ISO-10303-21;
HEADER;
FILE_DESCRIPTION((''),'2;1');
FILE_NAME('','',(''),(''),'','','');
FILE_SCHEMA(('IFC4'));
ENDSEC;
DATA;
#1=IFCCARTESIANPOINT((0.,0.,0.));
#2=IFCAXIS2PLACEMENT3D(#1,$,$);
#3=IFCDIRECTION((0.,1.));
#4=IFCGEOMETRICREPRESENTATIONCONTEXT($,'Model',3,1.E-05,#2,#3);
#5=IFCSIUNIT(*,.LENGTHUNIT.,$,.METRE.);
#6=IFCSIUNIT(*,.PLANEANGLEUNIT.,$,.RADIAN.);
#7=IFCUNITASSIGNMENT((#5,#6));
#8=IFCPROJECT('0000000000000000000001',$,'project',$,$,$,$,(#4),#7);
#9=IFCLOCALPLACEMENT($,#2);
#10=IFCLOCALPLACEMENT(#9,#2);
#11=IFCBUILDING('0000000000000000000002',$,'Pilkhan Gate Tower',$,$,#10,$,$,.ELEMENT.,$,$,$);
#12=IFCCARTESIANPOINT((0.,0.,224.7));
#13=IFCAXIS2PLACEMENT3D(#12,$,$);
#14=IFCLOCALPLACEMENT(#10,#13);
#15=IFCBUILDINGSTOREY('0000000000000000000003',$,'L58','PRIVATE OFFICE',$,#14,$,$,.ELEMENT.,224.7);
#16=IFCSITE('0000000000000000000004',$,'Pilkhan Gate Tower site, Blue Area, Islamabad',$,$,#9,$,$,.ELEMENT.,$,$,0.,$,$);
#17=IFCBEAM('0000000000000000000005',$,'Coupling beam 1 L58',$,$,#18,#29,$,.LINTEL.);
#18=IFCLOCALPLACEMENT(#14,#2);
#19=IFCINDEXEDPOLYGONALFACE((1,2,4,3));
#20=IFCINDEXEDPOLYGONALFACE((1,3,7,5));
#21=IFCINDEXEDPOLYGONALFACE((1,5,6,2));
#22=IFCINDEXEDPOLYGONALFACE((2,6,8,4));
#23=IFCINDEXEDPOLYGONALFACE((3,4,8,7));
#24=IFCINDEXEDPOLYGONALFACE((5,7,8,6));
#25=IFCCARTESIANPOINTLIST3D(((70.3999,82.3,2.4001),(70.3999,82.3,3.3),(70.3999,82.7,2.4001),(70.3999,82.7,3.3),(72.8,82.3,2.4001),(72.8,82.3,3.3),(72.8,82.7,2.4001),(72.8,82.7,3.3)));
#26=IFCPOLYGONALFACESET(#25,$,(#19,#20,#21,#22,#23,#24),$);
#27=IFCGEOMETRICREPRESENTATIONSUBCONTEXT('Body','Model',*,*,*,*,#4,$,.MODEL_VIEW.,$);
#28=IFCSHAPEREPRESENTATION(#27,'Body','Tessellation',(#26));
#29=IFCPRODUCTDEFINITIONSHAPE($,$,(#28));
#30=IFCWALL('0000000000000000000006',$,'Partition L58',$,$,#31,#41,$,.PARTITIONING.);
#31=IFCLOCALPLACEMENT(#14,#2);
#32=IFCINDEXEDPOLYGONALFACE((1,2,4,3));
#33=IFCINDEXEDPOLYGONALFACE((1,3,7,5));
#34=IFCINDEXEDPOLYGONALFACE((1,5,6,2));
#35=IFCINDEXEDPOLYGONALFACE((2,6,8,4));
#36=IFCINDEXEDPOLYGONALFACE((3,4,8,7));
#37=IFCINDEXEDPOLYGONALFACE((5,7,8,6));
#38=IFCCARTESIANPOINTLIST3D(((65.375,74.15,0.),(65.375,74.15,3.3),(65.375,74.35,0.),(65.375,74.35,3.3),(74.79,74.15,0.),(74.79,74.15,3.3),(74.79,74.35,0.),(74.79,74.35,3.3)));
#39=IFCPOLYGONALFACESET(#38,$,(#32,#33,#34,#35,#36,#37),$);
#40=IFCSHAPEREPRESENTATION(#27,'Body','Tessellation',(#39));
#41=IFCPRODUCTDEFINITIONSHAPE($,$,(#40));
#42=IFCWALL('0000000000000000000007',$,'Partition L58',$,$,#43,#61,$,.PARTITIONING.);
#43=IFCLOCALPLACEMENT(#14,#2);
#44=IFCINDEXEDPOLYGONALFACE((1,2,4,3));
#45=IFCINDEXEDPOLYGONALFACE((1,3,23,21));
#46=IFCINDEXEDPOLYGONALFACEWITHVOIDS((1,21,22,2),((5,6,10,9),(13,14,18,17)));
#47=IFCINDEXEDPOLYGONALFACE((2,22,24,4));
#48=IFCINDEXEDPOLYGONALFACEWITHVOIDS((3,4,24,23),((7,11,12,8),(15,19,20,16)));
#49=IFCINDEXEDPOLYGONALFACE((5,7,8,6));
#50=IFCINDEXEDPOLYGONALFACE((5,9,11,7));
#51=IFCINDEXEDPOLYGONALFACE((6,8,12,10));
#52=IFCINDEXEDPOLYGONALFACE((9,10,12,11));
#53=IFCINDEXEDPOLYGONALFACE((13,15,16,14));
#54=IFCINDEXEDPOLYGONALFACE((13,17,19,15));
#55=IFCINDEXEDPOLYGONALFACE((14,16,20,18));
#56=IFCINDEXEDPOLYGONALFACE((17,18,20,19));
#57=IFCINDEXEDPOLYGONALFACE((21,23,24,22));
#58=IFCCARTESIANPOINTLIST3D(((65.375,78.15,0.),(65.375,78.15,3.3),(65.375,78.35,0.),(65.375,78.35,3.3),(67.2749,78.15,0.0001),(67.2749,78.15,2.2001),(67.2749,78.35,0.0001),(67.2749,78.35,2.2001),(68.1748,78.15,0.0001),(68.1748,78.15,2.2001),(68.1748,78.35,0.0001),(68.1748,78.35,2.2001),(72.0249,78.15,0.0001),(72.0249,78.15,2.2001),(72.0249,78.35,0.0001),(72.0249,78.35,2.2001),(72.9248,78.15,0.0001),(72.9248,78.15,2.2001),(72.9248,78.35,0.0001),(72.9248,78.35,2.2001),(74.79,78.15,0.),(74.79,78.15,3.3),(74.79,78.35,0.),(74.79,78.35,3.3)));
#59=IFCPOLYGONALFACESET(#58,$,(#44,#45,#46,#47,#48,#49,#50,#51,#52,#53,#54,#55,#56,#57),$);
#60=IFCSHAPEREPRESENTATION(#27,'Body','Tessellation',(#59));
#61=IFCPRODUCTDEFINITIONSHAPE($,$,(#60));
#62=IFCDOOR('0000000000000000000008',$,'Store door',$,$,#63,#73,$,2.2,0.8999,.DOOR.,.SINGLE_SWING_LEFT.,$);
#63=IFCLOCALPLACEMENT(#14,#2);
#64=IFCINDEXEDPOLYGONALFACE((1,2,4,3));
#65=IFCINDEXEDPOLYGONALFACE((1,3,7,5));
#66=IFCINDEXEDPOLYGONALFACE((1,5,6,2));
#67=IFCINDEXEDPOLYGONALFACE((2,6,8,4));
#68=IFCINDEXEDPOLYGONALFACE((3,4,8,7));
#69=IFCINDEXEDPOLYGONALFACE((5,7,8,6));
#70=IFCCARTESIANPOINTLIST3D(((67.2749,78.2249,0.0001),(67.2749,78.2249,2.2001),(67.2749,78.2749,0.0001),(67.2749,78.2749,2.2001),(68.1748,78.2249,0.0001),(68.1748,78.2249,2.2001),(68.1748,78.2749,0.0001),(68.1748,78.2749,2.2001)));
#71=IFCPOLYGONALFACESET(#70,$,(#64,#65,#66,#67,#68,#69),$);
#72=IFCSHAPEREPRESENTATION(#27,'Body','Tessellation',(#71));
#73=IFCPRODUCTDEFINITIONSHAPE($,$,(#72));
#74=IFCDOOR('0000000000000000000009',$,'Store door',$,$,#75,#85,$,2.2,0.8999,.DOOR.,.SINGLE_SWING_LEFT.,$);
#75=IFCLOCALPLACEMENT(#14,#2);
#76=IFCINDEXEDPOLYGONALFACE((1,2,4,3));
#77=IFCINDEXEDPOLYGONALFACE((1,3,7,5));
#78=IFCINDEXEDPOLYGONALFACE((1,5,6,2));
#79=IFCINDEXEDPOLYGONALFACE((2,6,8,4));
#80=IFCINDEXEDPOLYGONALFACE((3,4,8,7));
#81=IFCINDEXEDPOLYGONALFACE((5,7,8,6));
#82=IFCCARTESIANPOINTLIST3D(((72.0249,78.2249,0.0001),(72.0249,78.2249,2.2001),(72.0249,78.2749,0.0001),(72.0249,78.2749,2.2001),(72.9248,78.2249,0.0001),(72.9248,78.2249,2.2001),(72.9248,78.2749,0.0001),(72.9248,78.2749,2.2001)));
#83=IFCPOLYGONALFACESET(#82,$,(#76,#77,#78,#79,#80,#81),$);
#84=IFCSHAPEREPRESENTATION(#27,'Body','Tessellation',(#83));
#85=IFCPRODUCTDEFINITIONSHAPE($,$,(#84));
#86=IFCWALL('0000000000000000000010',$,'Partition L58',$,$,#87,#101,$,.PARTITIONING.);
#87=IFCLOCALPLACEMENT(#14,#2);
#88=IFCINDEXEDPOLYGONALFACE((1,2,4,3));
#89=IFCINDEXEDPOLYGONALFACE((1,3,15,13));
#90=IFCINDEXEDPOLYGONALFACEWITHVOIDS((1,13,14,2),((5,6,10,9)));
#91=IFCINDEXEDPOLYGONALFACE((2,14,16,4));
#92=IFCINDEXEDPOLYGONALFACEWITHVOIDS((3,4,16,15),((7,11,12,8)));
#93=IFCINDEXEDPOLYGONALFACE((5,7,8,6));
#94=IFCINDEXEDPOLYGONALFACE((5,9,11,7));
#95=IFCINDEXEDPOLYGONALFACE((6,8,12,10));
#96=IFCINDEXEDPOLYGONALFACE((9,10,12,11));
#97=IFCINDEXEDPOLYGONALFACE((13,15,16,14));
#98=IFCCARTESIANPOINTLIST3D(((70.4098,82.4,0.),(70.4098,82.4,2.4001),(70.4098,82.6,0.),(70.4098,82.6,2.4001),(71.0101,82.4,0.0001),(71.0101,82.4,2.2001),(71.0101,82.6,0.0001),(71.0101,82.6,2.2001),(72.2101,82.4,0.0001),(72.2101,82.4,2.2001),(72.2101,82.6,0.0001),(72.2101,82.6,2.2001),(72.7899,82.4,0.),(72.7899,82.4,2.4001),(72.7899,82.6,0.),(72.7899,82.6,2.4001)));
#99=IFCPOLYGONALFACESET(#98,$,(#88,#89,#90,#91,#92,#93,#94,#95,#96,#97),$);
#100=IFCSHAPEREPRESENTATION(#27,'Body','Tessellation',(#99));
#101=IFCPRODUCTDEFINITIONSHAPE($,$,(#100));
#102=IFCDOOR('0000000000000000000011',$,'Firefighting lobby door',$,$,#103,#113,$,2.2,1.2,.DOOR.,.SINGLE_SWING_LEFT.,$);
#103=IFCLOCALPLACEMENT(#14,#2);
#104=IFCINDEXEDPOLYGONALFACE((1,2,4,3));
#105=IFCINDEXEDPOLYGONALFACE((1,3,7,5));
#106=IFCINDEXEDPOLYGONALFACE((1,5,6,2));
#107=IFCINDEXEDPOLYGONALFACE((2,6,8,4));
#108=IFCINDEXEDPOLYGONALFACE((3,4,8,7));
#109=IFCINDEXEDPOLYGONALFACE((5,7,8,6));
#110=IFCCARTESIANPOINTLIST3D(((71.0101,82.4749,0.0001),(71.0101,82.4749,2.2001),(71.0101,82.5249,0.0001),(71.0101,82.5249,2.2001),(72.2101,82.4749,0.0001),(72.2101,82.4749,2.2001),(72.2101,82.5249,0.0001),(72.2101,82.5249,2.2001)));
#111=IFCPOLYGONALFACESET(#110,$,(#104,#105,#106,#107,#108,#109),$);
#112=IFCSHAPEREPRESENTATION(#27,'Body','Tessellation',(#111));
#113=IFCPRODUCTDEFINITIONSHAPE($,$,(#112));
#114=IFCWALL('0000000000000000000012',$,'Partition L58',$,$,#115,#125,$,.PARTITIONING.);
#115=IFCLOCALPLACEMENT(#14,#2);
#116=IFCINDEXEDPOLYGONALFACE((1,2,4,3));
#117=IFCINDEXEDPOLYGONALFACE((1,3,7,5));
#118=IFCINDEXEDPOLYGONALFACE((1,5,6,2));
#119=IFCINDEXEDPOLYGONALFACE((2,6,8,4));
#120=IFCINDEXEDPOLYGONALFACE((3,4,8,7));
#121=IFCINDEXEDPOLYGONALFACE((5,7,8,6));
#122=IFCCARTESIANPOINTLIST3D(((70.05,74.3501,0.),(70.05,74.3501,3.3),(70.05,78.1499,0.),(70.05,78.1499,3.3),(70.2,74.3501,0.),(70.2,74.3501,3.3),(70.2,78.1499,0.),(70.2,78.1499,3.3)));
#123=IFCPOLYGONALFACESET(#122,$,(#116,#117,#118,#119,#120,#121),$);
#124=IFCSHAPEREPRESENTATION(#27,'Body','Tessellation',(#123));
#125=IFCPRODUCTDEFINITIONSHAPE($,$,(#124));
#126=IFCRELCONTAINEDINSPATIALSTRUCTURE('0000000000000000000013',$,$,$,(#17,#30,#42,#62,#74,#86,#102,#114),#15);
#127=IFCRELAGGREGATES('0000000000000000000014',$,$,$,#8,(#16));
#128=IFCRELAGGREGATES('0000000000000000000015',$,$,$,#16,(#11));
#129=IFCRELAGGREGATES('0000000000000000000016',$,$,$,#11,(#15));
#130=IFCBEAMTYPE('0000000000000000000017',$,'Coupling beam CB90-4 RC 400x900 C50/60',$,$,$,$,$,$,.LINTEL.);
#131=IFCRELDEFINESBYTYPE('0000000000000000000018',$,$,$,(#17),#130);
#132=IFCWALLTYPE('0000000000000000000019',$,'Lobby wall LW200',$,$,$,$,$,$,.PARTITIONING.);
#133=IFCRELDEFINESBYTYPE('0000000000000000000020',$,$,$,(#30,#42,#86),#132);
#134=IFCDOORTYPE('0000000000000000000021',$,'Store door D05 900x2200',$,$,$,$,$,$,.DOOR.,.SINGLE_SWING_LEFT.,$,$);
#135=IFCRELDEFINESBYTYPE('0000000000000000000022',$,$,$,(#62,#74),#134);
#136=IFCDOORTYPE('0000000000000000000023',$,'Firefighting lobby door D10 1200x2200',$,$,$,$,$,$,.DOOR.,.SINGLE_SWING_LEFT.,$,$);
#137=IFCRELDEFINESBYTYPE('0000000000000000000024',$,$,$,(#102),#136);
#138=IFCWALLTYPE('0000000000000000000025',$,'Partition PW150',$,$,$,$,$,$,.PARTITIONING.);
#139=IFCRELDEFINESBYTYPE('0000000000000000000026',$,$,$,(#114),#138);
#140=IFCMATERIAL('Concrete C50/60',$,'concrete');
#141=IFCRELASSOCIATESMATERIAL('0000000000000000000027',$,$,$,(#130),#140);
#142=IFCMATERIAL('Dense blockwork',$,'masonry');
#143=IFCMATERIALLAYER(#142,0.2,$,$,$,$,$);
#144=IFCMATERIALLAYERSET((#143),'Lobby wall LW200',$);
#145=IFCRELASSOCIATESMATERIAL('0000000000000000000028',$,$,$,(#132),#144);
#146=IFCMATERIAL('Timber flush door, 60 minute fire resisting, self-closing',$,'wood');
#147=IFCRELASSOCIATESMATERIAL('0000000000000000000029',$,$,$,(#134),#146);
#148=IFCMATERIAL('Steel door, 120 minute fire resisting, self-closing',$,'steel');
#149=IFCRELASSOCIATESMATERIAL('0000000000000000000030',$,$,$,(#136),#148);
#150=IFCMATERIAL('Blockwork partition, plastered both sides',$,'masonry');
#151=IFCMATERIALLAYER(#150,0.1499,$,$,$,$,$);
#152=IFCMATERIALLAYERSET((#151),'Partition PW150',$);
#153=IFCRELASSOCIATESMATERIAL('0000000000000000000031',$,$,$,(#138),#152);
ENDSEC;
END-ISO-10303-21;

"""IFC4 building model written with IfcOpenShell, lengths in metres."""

from ifc_helpers import new_model, si_unit, direction, frame, frame_2d, origin, origin_2d, place, context, subcontext, project, spatial, rectangle, extrude, material, layer, layer_set, material_profile, profile_set, type_object, element, fill, save


model = new_model("IFC4")

# Units and contexts
model_context = context("Model", 3, precision=1e-05, world=origin(), true_north=direction((0.0, 1.0)))
body_context = subcontext(model_context, "Body", "Model", "MODEL_VIEW")
ifc_project = project(units=[si_unit("LENGTHUNIT", "METRE"), si_unit("PLANEANGLEUNIT", "RADIAN")], contexts=[model_context])

# Site, building, storey
site_placement = place(None, origin())
site = spatial("IfcSite", under=ifc_project, at=site_placement, Name="Pilkhan Gate Tower site, Blue Area, Islamabad", CompositionType="ELEMENT", RefElevation=0.0)
building_placement = place(site_placement, origin())
building = spatial("IfcBuilding", under=site, at=building_placement, Name="Pilkhan Gate Tower", CompositionType="ELEMENT")
storey_placement = place(building_placement, frame((0.0, 0.0, 224.7)))
storey = spatial("IfcBuildingStorey", under=building, at=storey_placement, Name="L58", Description="PRIVATE OFFICE", CompositionType="ELEMENT", Elevation=224.7)

# Beam
ifc_material_1 = material(Name="Concrete C50/60", Category="concrete")
ifc_material_profile = material_profile(ifc_material_1, rectangle(XDim=0.3999, YDim=0.8999, at=origin_2d()), Name="RC 400x900")
ifc_profile_set = profile_set([ifc_material_profile], Name="Concrete C50/60")
beam_type = type_object("IfcBeamType", Name="Coupling beam CB90-4 RC 400x900 C50/60", PredefinedType="LINTEL", material=ifc_profile_set)
beam_placement = place(storey_placement, frame((70.3999, 82.5, 2.8501), z_axis=(1.0, 0.0, 0.0), x_axis=(0.0, 1.0, 0.0)))
element("IfcBeam", 1, at=beam_placement, inside=storey, type_object=beam_type, Name="Coupling beam 1 L58", PredefinedType="LINTEL", context=body_context, shape_type="SweptSolid", body=[
    extrude(rectangle(XDim=0.3999, YDim=0.8999, at=origin_2d()), origin(), (0.0, 0.0, 1.0), 2.4001),
])

# Wall
ifc_material_2 = material(Name="Dense blockwork", Category="masonry")
ifc_layer_1 = layer(ifc_material_2, 0.2)
ifc_layer_set_1 = layer_set([ifc_layer_1], Name="Lobby wall LW200")
wall_type_1 = type_object("IfcWallType", Name="Lobby wall LW200", PredefinedType="PARTITIONING", material=ifc_layer_set_1)
wall_1_placement = place(storey_placement, frame((65.375, 74.25, 0.0), z_axis=(0.0, 0.0, 1.0), x_axis=(1.0, 0.0, 0.0)))
element("IfcWall", 2, at=wall_1_placement, inside=storey, type_object=wall_type_1, Name="Partition L58", PredefinedType="PARTITIONING", context=body_context, shape_type="SweptSolid", body=[
    extrude(rectangle(XDim=9.415, YDim=0.2, at=frame_2d((4.7075, 0.0))), origin(), (0.0, 0.0, 1.0), 3.3),
])

# Wall, openings, doors
wall_2_placement = place(storey_placement, frame((65.375, 78.25, 0.0), z_axis=(0.0, 0.0, 1.0), x_axis=(1.0, 0.0, 0.0)))
wall_2 = element("IfcWall", 3, at=wall_2_placement, inside=storey, type_object=wall_type_1, Name="Partition L58", PredefinedType="PARTITIONING", context=body_context, shape_type="SweptSolid", body=[
    extrude(rectangle(XDim=9.415, YDim=0.2, at=frame_2d((4.7075, 0.0))), origin(), (0.0, 0.0, 1.0), 3.3),
])
opening_1_placement = place(wall_2_placement, frame((1.8999, 0.0, 0.0)))
opening_1 = element("IfcOpeningElement", 4, at=opening_1_placement, cuts=wall_2, PredefinedType="OPENING", context=body_context, shape_type="SweptSolid", body=[
    extrude(rectangle(XDim=0.8999, YDim=2.2, at=frame_2d((0.45, 1.1001))), frame((0.0, 0.1099, 0.0), z_axis=(0.0, -1.0, 0.0), x_axis=(1.0, 0.0, 0.0)), (0.0, 0.0, 1.0), 0.22),
])
opening_2_placement = place(wall_2_placement, frame((6.6499, 0.0, 0.0)))
opening_2 = element("IfcOpeningElement", 5, at=opening_2_placement, cuts=wall_2, PredefinedType="OPENING", context=body_context, shape_type="SweptSolid", body=[
    extrude(rectangle(XDim=0.8999, YDim=2.2, at=frame_2d((0.45, 1.1001))), frame((0.0, 0.1099, 0.0), z_axis=(0.0, -1.0, 0.0), x_axis=(1.0, 0.0, 0.0)), (0.0, 0.0, 1.0), 0.22),
])
ifc_material_3 = material(Name="Timber flush door, 60 minute fire resisting, self-closing", Category="wood")
door_type_1 = type_object("IfcDoorType", Name="Store door D05 900x2200", OperationType="SINGLE_SWING_LEFT", PredefinedType="DOOR", material=ifc_material_3)
door_1_placement = place(opening_1_placement, origin())
door_1 = element("IfcDoor", 6, at=door_1_placement, inside=storey, type_object=door_type_1, Name="Store door", OperationType="SINGLE_SWING_LEFT", OverallHeight=2.2, OverallWidth=0.8999, PredefinedType="DOOR", context=body_context, shape_type="SweptSolid", body=[
    extrude(rectangle(XDim=0.8999, YDim=2.2, at=frame_2d((0.45, 1.1001))), frame((0.0, 0.0249, 0.0), z_axis=(0.0, -1.0, 0.0), x_axis=(1.0, 0.0, 0.0)), (0.0, 0.0, 1.0), 0.05),
])
fill(opening_1, door_1)
door_2_placement = place(opening_2_placement, origin())
door_2 = element("IfcDoor", 7, at=door_2_placement, inside=storey, type_object=door_type_1, Name="Store door", OperationType="SINGLE_SWING_LEFT", OverallHeight=2.2, OverallWidth=0.8999, PredefinedType="DOOR", context=body_context, shape_type="SweptSolid", body=[
    extrude(rectangle(XDim=0.8999, YDim=2.2, at=frame_2d((0.45, 1.1001))), frame((0.0, 0.0249, 0.0), z_axis=(0.0, -1.0, 0.0), x_axis=(1.0, 0.0, 0.0)), (0.0, 0.0, 1.0), 0.05),
])
fill(opening_2, door_2)

# Wall, opening, door
wall_3_placement = place(storey_placement, frame((70.4099, 82.5, 0.0), z_axis=(0.0, 0.0, 1.0), x_axis=(1.0, 0.0, 0.0)))
wall_3 = element("IfcWall", 8, at=wall_3_placement, inside=storey, type_object=wall_type_1, Name="Partition L58", PredefinedType="PARTITIONING", context=body_context, shape_type="SweptSolid", body=[
    extrude(rectangle(XDim=2.3801, YDim=0.2, at=frame_2d((1.1899, 0.0))), origin(), (0.0, 0.0, 1.0), 2.4001),
])
opening_3_placement = place(wall_3_placement, frame((0.6001, 0.0, 0.0)))
opening_3 = element("IfcOpeningElement", 9, at=opening_3_placement, cuts=wall_3, PredefinedType="OPENING", context=body_context, shape_type="SweptSolid", body=[
    extrude(rectangle(XDim=1.2, YDim=2.2, at=frame_2d((0.6001, 1.1001))), frame((0.0, 0.1099, 0.0), z_axis=(0.0, -1.0, 0.0), x_axis=(1.0, 0.0, 0.0)), (0.0, 0.0, 1.0), 0.22),
])
ifc_material_4 = material(Name="Steel door, 120 minute fire resisting, self-closing", Category="steel")
door_type_2 = type_object("IfcDoorType", Name="Firefighting lobby door D10 1200x2200", OperationType="SINGLE_SWING_LEFT", PredefinedType="DOOR", material=ifc_material_4)
door_3_placement = place(opening_3_placement, origin())
door_3 = element("IfcDoor", 10, at=door_3_placement, inside=storey, type_object=door_type_2, Name="Firefighting lobby door", OperationType="SINGLE_SWING_LEFT", OverallHeight=2.2, OverallWidth=1.2, PredefinedType="DOOR", context=body_context, shape_type="SweptSolid", body=[
    extrude(rectangle(XDim=1.2, YDim=2.2, at=frame_2d((0.6001, 1.1001))), frame((0.0, 0.0249, 0.0), z_axis=(0.0, -1.0, 0.0), x_axis=(1.0, 0.0, 0.0)), (0.0, 0.0, 1.0), 0.05),
])
fill(opening_3, door_3)

# Wall
ifc_material_5 = material(Name="Blockwork partition, plastered both sides", Category="masonry")
ifc_layer_2 = layer(ifc_material_5, 0.1499)
ifc_layer_set_2 = layer_set([ifc_layer_2], Name="Partition PW150")
wall_type_2 = type_object("IfcWallType", Name="Partition PW150", PredefinedType="PARTITIONING", material=ifc_layer_set_2)
wall_4_placement = place(storey_placement, frame((70.125, 74.3501, 0.0), z_axis=(0.0, 0.0, 1.0), x_axis=(0.0, 1.0, 0.0)))
element("IfcWall", 11, at=wall_4_placement, inside=storey, type_object=wall_type_2, Name="Partition L58", PredefinedType="PARTITIONING", context=body_context, shape_type="SweptSolid", body=[
    extrude(rectangle(XDim=3.7998, YDim=0.1499, at=frame_2d((1.8999, 0.0))), origin(), (0.0, 0.0, 1.0), 3.3),
])

save(model, "model.ifc")
